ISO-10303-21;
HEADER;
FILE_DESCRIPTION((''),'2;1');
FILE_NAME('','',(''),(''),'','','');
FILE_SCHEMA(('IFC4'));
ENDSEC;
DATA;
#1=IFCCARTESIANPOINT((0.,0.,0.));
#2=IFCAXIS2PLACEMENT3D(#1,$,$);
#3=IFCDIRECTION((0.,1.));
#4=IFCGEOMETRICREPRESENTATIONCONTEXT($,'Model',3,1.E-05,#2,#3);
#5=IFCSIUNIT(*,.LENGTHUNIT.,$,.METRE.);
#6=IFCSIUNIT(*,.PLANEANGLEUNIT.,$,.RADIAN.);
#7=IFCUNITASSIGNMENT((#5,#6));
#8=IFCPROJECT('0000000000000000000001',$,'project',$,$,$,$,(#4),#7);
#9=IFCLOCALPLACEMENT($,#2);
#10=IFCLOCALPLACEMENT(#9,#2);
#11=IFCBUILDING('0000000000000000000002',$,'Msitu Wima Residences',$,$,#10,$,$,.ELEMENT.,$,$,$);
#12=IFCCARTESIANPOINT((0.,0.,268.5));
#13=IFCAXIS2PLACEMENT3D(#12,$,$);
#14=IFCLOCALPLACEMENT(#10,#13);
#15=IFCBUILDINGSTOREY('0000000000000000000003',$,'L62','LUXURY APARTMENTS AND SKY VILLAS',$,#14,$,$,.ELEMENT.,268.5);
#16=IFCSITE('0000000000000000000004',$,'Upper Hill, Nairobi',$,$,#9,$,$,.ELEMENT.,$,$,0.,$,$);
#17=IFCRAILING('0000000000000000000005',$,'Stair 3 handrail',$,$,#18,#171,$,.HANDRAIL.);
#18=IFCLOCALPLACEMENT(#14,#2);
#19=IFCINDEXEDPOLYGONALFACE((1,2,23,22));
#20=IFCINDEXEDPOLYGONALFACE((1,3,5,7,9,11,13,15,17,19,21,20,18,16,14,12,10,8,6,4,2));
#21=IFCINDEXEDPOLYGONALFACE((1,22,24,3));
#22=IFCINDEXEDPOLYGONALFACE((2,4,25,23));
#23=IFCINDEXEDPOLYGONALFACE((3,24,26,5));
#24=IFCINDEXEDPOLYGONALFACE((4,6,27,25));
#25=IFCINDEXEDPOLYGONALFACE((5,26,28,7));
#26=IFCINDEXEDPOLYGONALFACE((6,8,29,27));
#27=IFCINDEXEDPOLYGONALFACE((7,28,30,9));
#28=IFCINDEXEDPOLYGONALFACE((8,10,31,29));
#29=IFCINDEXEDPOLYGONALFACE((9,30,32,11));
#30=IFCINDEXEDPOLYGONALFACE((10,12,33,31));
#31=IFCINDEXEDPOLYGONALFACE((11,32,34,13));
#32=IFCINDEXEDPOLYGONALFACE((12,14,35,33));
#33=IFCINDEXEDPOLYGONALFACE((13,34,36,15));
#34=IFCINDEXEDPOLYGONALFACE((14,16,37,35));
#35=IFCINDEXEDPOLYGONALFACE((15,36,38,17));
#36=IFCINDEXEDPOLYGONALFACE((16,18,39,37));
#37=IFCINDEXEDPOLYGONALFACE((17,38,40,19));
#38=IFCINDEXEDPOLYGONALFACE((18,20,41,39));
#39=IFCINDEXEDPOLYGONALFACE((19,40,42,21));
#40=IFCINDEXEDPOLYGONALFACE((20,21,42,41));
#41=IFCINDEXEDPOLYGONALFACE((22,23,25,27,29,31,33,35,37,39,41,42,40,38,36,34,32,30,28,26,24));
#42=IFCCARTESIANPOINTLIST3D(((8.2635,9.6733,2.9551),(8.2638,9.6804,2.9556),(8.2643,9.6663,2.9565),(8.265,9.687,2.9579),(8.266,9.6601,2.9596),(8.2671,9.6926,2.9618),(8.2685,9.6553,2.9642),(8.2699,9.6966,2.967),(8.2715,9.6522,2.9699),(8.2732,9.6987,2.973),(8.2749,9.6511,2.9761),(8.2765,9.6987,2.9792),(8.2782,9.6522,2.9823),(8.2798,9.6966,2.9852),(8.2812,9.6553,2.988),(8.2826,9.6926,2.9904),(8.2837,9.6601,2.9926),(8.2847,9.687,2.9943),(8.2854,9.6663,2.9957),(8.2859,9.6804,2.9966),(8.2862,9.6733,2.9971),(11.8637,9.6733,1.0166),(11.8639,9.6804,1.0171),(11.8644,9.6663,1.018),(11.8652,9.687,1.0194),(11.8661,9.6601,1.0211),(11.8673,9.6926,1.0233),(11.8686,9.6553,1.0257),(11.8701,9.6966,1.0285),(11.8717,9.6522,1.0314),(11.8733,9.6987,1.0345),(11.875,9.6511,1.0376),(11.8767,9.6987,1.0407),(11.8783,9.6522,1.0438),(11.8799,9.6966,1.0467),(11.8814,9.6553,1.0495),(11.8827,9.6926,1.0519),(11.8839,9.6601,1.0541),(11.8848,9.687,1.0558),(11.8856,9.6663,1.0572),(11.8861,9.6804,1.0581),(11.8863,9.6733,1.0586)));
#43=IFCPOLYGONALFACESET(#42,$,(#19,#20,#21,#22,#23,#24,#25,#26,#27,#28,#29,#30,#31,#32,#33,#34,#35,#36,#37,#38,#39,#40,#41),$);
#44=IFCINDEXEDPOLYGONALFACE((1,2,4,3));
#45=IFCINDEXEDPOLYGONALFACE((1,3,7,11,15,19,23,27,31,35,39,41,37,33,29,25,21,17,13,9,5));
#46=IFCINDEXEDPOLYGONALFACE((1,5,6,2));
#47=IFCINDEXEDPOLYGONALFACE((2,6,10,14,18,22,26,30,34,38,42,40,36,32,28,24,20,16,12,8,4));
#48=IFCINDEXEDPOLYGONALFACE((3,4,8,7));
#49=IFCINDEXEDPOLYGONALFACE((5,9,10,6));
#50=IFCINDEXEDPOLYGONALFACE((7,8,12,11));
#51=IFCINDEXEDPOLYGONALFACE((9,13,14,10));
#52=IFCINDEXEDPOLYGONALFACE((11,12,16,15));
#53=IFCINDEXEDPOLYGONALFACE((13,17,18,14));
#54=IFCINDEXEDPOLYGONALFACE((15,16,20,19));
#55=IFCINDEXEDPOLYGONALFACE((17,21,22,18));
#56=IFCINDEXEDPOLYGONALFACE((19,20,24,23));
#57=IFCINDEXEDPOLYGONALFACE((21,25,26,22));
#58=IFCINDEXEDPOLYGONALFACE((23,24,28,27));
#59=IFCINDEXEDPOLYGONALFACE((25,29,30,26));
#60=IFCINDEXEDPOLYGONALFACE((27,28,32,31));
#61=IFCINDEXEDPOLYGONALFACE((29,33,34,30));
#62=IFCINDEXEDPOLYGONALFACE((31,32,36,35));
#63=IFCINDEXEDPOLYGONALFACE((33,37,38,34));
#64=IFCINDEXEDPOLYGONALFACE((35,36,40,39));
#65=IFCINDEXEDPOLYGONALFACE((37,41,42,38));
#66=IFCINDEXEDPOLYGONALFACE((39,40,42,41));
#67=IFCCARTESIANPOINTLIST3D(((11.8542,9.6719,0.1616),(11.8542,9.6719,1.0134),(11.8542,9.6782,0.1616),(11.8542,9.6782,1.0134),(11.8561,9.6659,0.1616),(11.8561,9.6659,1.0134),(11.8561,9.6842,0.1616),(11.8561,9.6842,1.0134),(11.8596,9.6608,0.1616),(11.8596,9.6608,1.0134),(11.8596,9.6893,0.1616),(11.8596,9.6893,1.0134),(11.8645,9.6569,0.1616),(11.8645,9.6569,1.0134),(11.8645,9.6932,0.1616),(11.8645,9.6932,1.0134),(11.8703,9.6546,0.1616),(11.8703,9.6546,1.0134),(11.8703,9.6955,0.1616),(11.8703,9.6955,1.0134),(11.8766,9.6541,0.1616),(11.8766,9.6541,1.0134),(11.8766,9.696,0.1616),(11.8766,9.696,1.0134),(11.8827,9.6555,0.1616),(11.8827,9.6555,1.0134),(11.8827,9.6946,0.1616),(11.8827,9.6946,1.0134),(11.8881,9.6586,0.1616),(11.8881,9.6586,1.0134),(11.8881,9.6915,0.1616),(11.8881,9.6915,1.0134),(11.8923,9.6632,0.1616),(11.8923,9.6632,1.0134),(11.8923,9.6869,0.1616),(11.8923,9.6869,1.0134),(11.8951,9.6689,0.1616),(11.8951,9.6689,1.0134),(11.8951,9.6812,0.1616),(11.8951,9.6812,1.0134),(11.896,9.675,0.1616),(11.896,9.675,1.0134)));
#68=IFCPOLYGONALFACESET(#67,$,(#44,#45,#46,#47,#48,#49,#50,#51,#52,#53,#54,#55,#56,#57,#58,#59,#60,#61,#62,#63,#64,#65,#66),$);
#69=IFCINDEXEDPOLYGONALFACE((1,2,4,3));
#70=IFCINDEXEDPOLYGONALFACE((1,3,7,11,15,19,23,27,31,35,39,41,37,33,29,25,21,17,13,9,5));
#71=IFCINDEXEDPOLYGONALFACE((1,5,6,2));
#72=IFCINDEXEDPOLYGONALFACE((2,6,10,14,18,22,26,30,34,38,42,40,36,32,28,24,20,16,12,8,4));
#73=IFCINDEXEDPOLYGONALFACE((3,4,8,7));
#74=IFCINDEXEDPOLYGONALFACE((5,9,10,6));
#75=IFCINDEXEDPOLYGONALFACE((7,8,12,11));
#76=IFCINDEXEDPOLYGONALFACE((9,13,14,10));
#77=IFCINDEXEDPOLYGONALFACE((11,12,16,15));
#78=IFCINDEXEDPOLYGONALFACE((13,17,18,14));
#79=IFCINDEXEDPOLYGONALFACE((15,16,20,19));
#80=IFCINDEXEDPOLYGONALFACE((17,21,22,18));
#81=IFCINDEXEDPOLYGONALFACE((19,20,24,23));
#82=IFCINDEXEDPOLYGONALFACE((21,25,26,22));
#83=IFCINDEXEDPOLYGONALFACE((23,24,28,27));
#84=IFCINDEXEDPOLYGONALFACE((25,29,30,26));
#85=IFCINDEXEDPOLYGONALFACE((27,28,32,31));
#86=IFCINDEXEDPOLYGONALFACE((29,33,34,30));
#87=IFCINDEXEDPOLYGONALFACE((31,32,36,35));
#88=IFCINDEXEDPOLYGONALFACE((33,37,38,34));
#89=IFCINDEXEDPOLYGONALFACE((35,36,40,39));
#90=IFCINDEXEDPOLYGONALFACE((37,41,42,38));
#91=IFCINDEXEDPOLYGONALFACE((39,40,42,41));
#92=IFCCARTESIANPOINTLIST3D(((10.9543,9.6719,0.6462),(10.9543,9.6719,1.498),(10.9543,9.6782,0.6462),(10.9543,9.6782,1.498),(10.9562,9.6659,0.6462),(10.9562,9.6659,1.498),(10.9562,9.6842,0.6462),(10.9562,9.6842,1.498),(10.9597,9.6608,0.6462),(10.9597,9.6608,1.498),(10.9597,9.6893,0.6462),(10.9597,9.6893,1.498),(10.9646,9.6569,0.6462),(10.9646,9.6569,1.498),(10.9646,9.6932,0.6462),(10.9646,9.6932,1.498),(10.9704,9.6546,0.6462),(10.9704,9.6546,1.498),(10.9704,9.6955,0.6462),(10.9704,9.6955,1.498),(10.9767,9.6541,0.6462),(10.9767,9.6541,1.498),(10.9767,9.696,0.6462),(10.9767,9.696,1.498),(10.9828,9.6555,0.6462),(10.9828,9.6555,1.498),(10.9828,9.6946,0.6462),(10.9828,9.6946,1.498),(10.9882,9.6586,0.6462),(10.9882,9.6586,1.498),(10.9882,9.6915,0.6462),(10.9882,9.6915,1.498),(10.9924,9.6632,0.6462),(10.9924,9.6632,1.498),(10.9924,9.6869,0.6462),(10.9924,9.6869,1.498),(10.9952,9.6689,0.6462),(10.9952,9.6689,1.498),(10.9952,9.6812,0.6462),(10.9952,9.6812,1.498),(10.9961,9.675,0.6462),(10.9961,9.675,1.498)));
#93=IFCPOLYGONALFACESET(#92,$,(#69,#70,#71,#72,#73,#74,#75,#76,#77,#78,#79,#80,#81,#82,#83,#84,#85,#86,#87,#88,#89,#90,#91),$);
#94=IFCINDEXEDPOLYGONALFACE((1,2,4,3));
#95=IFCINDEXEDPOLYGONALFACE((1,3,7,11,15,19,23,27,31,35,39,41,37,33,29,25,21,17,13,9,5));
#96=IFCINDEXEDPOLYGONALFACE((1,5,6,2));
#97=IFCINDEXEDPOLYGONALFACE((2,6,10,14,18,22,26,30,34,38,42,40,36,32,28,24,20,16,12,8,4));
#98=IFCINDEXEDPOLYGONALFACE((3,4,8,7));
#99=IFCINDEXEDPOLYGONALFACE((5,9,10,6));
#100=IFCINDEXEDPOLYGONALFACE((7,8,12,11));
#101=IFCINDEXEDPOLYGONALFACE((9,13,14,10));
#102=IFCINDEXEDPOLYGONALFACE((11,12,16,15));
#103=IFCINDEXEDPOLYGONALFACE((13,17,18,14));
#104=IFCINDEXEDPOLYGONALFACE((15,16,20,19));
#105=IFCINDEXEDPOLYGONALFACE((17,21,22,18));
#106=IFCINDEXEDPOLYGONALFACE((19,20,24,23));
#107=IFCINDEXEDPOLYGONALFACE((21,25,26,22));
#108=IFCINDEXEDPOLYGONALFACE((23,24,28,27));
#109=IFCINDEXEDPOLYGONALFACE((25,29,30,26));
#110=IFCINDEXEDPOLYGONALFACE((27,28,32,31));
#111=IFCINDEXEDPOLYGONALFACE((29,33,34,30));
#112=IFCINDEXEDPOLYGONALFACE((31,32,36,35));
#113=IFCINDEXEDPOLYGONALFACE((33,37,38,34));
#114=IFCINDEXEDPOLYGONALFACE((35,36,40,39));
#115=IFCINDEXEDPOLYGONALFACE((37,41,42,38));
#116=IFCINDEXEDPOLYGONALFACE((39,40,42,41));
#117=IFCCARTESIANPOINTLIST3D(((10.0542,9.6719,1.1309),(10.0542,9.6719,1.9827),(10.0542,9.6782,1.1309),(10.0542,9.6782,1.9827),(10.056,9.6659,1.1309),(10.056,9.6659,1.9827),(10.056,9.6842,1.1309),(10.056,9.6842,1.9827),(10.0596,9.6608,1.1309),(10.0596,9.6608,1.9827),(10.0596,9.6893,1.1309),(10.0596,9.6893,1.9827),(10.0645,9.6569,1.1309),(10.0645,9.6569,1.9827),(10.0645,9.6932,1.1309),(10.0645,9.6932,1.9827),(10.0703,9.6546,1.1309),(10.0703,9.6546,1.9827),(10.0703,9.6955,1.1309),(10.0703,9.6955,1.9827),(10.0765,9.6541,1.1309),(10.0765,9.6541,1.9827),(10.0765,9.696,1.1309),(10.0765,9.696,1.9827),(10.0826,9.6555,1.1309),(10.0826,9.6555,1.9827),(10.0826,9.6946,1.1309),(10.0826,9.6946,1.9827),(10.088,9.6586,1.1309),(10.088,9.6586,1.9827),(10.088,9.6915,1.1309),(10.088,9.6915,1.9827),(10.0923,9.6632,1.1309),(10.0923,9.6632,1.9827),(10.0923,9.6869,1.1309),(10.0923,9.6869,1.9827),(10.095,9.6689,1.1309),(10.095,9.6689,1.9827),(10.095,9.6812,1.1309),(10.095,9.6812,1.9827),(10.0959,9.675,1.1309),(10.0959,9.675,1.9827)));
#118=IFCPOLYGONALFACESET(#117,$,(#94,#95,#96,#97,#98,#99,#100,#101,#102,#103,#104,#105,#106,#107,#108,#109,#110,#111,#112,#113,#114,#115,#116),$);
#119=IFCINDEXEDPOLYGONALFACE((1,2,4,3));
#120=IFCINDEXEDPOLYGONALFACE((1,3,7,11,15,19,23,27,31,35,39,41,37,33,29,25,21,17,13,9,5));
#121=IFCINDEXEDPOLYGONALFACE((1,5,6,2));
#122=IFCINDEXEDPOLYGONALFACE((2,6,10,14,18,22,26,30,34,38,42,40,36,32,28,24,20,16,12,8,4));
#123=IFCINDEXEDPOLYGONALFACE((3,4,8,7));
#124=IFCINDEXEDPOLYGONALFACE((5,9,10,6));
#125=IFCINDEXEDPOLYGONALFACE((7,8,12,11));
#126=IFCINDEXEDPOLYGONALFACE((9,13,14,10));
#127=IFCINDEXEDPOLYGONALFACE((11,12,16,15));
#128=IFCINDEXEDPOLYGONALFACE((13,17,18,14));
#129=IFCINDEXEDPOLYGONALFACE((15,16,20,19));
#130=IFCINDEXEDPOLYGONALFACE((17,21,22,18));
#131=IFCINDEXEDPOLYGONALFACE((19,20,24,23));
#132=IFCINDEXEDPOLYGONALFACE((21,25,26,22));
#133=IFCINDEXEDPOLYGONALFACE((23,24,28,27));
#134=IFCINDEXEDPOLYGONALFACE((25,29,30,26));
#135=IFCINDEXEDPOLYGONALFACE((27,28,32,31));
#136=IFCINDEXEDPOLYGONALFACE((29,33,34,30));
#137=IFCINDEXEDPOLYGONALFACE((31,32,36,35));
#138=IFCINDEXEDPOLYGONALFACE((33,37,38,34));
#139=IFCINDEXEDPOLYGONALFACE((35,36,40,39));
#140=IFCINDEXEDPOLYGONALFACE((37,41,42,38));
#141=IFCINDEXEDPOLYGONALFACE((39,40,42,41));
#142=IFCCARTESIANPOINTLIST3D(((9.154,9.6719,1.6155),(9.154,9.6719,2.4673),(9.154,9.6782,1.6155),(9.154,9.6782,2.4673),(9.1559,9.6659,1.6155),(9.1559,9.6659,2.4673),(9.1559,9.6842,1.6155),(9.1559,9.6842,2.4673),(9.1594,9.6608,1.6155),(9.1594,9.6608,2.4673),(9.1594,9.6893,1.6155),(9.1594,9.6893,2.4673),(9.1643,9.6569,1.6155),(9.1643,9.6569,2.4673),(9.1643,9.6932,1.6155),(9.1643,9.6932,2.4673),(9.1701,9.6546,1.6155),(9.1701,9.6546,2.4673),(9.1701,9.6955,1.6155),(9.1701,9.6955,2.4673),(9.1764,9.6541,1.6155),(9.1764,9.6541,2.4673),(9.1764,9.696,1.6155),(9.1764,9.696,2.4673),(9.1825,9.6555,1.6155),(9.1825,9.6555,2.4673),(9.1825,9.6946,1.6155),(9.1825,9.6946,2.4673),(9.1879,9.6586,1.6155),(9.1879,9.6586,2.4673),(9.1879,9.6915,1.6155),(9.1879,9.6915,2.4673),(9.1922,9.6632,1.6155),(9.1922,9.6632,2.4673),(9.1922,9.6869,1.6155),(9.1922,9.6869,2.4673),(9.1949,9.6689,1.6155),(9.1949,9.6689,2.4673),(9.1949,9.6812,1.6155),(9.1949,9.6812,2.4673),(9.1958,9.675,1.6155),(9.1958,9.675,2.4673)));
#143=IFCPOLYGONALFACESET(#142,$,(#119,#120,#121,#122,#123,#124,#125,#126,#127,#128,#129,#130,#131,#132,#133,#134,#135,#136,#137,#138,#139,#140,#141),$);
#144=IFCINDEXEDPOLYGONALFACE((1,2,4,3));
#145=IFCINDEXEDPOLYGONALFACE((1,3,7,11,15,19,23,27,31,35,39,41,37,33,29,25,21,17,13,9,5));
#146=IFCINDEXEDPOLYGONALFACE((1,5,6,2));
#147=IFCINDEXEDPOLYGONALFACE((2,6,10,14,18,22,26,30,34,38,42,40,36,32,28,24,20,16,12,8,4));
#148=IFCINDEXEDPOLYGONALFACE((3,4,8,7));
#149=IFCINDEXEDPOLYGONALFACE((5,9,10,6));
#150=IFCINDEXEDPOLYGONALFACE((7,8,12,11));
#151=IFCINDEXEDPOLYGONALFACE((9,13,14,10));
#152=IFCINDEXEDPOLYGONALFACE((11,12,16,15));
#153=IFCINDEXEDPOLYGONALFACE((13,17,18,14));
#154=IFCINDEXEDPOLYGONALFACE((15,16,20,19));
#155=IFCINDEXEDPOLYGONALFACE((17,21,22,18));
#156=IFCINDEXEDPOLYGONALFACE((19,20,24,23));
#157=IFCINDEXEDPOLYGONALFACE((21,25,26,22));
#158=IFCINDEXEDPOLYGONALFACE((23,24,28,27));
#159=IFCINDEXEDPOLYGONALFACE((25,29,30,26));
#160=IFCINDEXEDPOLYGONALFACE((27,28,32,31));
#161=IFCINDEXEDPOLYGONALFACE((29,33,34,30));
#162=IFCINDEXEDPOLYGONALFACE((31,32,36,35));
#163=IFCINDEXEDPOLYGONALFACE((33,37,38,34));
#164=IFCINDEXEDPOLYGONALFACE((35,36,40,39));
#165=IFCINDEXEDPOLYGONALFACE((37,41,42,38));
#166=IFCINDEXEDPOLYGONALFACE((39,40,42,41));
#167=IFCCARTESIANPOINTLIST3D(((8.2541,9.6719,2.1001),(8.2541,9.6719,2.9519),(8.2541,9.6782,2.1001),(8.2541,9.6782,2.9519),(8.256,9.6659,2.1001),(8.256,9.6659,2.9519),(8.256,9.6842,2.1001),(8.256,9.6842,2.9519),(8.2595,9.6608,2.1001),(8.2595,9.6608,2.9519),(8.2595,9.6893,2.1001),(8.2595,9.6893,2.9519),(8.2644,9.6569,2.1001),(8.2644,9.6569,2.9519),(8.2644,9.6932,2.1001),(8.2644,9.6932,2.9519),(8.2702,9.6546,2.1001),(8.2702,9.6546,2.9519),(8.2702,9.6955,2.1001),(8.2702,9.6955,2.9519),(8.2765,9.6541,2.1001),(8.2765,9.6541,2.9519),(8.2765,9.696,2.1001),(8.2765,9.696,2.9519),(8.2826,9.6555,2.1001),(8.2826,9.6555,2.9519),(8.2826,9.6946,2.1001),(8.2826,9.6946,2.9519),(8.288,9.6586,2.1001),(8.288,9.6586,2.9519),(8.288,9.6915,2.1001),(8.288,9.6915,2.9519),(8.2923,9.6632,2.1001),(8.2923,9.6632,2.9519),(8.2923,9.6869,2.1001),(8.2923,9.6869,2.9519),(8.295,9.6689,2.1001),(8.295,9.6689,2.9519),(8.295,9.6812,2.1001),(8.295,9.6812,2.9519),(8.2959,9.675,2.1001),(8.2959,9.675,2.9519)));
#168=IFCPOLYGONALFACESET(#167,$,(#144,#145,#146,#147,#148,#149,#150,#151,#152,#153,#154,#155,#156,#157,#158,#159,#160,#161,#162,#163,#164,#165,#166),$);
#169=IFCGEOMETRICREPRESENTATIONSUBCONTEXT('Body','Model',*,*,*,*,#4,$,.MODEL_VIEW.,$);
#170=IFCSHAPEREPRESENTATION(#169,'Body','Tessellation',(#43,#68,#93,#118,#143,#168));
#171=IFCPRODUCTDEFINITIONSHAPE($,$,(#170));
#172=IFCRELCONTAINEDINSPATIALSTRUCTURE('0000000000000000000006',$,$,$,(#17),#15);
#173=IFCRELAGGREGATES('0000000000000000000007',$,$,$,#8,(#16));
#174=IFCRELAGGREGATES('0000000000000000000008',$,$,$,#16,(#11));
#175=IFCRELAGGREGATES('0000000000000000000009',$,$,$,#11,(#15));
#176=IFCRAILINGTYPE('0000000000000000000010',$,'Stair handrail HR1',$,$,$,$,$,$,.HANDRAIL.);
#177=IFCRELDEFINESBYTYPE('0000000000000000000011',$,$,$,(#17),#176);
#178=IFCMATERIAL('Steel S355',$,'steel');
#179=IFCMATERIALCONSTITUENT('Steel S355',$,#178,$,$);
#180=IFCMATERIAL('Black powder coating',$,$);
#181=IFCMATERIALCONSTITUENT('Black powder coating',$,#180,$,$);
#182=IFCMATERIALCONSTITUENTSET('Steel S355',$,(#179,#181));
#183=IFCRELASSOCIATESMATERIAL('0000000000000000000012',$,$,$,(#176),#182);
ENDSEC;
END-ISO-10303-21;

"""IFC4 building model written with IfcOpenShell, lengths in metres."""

from ifc_helpers import new_model, si_unit, direction, frame, origin, origin_2d, place, context, subcontext, project, spatial, circle, extrude, material, constituent, constituent_set, type_object, element, save


model = new_model("IFC4")

# Units and contexts
model_context = context("Model", 3, precision=1e-05, world=origin(), true_north=direction((0.0, 1.0)))
body_context = subcontext(model_context, "Body", "Model", "MODEL_VIEW")
ifc_project = project(units=[si_unit("LENGTHUNIT", "METRE"), si_unit("PLANEANGLEUNIT", "RADIAN")], contexts=[model_context])

# Site, building, storey
site_placement = place(None, origin())
site = spatial("IfcSite", under=ifc_project, at=site_placement, Name="Upper Hill, Nairobi", CompositionType="ELEMENT", RefElevation=0.0)
building_placement = place(site_placement, origin())
building = spatial("IfcBuilding", under=site, at=building_placement, Name="Msitu Wima Residences", CompositionType="ELEMENT")
storey_placement = place(building_placement, frame((0.0, 0.0, 268.5)))
storey = spatial("IfcBuildingStorey", under=building, at=storey_placement, Name="L62", Description="LUXURY APARTMENTS AND SKY VILLAS", CompositionType="ELEMENT", Elevation=268.5)

# Railing
ifc_material_1 = material(Name="Steel S355", Category="steel")
ifc_constituent_1 = constituent(ifc_material_1, Name="Steel S355")
ifc_material_2 = material(Name="Black powder coating")
ifc_constituent_2 = constituent(ifc_material_2, Name="Black powder coating")
ifc_constituent_set = constituent_set(constituents=[ifc_constituent_1, ifc_constituent_2], Name="Steel S355")
railing_type = type_object("IfcRailingType", Name="Stair handrail HR1", PredefinedType="HANDRAIL", material=ifc_constituent_set)
for number, where, name in (
    (1, (11.875, 9.675, 0.1616), "Stair 3 handrail"),
):
    element("IfcRailing", number, at=place(storey_placement, frame(where)), inside=storey, type_object=railing_type, Name=name, PredefinedType="HANDRAIL", context=body_context, shape_type="SweptSolid", body=[
        extrude(circle(Radius=0.0239, at=origin_2d()), frame((0.0, 0.0, 0.876), z_axis=(-0.880475, 0.0, 0.474093), x_axis=(0.0, -1.0, 0.0)), (0.0, 0.0, 1.0), 4.0889),
        extrude(circle(Radius=0.021, at=origin_2d()), origin(), (0.0, 0.0, 1.0), 0.8518),
        extrude(circle(Radius=0.021, at=origin_2d()), frame((-0.8999, 0.0, 0.4846)), (0.0, 0.0, 1.0), 0.8518),
        extrude(circle(Radius=0.021, at=origin_2d()), frame((-1.8, 0.0, 0.9692)), (0.0, 0.0, 1.0), 0.8518),
        extrude(circle(Radius=0.021, at=origin_2d()), frame((-2.7002, 0.0, 1.4539)), (0.0, 0.0, 1.0), 0.8518),
        extrude(circle(Radius=0.021, at=origin_2d()), frame((-3.6001, 0.0, 1.9385)), (0.0, 0.0, 1.0), 0.8518),
    ])

save(model, "model.ifc")
